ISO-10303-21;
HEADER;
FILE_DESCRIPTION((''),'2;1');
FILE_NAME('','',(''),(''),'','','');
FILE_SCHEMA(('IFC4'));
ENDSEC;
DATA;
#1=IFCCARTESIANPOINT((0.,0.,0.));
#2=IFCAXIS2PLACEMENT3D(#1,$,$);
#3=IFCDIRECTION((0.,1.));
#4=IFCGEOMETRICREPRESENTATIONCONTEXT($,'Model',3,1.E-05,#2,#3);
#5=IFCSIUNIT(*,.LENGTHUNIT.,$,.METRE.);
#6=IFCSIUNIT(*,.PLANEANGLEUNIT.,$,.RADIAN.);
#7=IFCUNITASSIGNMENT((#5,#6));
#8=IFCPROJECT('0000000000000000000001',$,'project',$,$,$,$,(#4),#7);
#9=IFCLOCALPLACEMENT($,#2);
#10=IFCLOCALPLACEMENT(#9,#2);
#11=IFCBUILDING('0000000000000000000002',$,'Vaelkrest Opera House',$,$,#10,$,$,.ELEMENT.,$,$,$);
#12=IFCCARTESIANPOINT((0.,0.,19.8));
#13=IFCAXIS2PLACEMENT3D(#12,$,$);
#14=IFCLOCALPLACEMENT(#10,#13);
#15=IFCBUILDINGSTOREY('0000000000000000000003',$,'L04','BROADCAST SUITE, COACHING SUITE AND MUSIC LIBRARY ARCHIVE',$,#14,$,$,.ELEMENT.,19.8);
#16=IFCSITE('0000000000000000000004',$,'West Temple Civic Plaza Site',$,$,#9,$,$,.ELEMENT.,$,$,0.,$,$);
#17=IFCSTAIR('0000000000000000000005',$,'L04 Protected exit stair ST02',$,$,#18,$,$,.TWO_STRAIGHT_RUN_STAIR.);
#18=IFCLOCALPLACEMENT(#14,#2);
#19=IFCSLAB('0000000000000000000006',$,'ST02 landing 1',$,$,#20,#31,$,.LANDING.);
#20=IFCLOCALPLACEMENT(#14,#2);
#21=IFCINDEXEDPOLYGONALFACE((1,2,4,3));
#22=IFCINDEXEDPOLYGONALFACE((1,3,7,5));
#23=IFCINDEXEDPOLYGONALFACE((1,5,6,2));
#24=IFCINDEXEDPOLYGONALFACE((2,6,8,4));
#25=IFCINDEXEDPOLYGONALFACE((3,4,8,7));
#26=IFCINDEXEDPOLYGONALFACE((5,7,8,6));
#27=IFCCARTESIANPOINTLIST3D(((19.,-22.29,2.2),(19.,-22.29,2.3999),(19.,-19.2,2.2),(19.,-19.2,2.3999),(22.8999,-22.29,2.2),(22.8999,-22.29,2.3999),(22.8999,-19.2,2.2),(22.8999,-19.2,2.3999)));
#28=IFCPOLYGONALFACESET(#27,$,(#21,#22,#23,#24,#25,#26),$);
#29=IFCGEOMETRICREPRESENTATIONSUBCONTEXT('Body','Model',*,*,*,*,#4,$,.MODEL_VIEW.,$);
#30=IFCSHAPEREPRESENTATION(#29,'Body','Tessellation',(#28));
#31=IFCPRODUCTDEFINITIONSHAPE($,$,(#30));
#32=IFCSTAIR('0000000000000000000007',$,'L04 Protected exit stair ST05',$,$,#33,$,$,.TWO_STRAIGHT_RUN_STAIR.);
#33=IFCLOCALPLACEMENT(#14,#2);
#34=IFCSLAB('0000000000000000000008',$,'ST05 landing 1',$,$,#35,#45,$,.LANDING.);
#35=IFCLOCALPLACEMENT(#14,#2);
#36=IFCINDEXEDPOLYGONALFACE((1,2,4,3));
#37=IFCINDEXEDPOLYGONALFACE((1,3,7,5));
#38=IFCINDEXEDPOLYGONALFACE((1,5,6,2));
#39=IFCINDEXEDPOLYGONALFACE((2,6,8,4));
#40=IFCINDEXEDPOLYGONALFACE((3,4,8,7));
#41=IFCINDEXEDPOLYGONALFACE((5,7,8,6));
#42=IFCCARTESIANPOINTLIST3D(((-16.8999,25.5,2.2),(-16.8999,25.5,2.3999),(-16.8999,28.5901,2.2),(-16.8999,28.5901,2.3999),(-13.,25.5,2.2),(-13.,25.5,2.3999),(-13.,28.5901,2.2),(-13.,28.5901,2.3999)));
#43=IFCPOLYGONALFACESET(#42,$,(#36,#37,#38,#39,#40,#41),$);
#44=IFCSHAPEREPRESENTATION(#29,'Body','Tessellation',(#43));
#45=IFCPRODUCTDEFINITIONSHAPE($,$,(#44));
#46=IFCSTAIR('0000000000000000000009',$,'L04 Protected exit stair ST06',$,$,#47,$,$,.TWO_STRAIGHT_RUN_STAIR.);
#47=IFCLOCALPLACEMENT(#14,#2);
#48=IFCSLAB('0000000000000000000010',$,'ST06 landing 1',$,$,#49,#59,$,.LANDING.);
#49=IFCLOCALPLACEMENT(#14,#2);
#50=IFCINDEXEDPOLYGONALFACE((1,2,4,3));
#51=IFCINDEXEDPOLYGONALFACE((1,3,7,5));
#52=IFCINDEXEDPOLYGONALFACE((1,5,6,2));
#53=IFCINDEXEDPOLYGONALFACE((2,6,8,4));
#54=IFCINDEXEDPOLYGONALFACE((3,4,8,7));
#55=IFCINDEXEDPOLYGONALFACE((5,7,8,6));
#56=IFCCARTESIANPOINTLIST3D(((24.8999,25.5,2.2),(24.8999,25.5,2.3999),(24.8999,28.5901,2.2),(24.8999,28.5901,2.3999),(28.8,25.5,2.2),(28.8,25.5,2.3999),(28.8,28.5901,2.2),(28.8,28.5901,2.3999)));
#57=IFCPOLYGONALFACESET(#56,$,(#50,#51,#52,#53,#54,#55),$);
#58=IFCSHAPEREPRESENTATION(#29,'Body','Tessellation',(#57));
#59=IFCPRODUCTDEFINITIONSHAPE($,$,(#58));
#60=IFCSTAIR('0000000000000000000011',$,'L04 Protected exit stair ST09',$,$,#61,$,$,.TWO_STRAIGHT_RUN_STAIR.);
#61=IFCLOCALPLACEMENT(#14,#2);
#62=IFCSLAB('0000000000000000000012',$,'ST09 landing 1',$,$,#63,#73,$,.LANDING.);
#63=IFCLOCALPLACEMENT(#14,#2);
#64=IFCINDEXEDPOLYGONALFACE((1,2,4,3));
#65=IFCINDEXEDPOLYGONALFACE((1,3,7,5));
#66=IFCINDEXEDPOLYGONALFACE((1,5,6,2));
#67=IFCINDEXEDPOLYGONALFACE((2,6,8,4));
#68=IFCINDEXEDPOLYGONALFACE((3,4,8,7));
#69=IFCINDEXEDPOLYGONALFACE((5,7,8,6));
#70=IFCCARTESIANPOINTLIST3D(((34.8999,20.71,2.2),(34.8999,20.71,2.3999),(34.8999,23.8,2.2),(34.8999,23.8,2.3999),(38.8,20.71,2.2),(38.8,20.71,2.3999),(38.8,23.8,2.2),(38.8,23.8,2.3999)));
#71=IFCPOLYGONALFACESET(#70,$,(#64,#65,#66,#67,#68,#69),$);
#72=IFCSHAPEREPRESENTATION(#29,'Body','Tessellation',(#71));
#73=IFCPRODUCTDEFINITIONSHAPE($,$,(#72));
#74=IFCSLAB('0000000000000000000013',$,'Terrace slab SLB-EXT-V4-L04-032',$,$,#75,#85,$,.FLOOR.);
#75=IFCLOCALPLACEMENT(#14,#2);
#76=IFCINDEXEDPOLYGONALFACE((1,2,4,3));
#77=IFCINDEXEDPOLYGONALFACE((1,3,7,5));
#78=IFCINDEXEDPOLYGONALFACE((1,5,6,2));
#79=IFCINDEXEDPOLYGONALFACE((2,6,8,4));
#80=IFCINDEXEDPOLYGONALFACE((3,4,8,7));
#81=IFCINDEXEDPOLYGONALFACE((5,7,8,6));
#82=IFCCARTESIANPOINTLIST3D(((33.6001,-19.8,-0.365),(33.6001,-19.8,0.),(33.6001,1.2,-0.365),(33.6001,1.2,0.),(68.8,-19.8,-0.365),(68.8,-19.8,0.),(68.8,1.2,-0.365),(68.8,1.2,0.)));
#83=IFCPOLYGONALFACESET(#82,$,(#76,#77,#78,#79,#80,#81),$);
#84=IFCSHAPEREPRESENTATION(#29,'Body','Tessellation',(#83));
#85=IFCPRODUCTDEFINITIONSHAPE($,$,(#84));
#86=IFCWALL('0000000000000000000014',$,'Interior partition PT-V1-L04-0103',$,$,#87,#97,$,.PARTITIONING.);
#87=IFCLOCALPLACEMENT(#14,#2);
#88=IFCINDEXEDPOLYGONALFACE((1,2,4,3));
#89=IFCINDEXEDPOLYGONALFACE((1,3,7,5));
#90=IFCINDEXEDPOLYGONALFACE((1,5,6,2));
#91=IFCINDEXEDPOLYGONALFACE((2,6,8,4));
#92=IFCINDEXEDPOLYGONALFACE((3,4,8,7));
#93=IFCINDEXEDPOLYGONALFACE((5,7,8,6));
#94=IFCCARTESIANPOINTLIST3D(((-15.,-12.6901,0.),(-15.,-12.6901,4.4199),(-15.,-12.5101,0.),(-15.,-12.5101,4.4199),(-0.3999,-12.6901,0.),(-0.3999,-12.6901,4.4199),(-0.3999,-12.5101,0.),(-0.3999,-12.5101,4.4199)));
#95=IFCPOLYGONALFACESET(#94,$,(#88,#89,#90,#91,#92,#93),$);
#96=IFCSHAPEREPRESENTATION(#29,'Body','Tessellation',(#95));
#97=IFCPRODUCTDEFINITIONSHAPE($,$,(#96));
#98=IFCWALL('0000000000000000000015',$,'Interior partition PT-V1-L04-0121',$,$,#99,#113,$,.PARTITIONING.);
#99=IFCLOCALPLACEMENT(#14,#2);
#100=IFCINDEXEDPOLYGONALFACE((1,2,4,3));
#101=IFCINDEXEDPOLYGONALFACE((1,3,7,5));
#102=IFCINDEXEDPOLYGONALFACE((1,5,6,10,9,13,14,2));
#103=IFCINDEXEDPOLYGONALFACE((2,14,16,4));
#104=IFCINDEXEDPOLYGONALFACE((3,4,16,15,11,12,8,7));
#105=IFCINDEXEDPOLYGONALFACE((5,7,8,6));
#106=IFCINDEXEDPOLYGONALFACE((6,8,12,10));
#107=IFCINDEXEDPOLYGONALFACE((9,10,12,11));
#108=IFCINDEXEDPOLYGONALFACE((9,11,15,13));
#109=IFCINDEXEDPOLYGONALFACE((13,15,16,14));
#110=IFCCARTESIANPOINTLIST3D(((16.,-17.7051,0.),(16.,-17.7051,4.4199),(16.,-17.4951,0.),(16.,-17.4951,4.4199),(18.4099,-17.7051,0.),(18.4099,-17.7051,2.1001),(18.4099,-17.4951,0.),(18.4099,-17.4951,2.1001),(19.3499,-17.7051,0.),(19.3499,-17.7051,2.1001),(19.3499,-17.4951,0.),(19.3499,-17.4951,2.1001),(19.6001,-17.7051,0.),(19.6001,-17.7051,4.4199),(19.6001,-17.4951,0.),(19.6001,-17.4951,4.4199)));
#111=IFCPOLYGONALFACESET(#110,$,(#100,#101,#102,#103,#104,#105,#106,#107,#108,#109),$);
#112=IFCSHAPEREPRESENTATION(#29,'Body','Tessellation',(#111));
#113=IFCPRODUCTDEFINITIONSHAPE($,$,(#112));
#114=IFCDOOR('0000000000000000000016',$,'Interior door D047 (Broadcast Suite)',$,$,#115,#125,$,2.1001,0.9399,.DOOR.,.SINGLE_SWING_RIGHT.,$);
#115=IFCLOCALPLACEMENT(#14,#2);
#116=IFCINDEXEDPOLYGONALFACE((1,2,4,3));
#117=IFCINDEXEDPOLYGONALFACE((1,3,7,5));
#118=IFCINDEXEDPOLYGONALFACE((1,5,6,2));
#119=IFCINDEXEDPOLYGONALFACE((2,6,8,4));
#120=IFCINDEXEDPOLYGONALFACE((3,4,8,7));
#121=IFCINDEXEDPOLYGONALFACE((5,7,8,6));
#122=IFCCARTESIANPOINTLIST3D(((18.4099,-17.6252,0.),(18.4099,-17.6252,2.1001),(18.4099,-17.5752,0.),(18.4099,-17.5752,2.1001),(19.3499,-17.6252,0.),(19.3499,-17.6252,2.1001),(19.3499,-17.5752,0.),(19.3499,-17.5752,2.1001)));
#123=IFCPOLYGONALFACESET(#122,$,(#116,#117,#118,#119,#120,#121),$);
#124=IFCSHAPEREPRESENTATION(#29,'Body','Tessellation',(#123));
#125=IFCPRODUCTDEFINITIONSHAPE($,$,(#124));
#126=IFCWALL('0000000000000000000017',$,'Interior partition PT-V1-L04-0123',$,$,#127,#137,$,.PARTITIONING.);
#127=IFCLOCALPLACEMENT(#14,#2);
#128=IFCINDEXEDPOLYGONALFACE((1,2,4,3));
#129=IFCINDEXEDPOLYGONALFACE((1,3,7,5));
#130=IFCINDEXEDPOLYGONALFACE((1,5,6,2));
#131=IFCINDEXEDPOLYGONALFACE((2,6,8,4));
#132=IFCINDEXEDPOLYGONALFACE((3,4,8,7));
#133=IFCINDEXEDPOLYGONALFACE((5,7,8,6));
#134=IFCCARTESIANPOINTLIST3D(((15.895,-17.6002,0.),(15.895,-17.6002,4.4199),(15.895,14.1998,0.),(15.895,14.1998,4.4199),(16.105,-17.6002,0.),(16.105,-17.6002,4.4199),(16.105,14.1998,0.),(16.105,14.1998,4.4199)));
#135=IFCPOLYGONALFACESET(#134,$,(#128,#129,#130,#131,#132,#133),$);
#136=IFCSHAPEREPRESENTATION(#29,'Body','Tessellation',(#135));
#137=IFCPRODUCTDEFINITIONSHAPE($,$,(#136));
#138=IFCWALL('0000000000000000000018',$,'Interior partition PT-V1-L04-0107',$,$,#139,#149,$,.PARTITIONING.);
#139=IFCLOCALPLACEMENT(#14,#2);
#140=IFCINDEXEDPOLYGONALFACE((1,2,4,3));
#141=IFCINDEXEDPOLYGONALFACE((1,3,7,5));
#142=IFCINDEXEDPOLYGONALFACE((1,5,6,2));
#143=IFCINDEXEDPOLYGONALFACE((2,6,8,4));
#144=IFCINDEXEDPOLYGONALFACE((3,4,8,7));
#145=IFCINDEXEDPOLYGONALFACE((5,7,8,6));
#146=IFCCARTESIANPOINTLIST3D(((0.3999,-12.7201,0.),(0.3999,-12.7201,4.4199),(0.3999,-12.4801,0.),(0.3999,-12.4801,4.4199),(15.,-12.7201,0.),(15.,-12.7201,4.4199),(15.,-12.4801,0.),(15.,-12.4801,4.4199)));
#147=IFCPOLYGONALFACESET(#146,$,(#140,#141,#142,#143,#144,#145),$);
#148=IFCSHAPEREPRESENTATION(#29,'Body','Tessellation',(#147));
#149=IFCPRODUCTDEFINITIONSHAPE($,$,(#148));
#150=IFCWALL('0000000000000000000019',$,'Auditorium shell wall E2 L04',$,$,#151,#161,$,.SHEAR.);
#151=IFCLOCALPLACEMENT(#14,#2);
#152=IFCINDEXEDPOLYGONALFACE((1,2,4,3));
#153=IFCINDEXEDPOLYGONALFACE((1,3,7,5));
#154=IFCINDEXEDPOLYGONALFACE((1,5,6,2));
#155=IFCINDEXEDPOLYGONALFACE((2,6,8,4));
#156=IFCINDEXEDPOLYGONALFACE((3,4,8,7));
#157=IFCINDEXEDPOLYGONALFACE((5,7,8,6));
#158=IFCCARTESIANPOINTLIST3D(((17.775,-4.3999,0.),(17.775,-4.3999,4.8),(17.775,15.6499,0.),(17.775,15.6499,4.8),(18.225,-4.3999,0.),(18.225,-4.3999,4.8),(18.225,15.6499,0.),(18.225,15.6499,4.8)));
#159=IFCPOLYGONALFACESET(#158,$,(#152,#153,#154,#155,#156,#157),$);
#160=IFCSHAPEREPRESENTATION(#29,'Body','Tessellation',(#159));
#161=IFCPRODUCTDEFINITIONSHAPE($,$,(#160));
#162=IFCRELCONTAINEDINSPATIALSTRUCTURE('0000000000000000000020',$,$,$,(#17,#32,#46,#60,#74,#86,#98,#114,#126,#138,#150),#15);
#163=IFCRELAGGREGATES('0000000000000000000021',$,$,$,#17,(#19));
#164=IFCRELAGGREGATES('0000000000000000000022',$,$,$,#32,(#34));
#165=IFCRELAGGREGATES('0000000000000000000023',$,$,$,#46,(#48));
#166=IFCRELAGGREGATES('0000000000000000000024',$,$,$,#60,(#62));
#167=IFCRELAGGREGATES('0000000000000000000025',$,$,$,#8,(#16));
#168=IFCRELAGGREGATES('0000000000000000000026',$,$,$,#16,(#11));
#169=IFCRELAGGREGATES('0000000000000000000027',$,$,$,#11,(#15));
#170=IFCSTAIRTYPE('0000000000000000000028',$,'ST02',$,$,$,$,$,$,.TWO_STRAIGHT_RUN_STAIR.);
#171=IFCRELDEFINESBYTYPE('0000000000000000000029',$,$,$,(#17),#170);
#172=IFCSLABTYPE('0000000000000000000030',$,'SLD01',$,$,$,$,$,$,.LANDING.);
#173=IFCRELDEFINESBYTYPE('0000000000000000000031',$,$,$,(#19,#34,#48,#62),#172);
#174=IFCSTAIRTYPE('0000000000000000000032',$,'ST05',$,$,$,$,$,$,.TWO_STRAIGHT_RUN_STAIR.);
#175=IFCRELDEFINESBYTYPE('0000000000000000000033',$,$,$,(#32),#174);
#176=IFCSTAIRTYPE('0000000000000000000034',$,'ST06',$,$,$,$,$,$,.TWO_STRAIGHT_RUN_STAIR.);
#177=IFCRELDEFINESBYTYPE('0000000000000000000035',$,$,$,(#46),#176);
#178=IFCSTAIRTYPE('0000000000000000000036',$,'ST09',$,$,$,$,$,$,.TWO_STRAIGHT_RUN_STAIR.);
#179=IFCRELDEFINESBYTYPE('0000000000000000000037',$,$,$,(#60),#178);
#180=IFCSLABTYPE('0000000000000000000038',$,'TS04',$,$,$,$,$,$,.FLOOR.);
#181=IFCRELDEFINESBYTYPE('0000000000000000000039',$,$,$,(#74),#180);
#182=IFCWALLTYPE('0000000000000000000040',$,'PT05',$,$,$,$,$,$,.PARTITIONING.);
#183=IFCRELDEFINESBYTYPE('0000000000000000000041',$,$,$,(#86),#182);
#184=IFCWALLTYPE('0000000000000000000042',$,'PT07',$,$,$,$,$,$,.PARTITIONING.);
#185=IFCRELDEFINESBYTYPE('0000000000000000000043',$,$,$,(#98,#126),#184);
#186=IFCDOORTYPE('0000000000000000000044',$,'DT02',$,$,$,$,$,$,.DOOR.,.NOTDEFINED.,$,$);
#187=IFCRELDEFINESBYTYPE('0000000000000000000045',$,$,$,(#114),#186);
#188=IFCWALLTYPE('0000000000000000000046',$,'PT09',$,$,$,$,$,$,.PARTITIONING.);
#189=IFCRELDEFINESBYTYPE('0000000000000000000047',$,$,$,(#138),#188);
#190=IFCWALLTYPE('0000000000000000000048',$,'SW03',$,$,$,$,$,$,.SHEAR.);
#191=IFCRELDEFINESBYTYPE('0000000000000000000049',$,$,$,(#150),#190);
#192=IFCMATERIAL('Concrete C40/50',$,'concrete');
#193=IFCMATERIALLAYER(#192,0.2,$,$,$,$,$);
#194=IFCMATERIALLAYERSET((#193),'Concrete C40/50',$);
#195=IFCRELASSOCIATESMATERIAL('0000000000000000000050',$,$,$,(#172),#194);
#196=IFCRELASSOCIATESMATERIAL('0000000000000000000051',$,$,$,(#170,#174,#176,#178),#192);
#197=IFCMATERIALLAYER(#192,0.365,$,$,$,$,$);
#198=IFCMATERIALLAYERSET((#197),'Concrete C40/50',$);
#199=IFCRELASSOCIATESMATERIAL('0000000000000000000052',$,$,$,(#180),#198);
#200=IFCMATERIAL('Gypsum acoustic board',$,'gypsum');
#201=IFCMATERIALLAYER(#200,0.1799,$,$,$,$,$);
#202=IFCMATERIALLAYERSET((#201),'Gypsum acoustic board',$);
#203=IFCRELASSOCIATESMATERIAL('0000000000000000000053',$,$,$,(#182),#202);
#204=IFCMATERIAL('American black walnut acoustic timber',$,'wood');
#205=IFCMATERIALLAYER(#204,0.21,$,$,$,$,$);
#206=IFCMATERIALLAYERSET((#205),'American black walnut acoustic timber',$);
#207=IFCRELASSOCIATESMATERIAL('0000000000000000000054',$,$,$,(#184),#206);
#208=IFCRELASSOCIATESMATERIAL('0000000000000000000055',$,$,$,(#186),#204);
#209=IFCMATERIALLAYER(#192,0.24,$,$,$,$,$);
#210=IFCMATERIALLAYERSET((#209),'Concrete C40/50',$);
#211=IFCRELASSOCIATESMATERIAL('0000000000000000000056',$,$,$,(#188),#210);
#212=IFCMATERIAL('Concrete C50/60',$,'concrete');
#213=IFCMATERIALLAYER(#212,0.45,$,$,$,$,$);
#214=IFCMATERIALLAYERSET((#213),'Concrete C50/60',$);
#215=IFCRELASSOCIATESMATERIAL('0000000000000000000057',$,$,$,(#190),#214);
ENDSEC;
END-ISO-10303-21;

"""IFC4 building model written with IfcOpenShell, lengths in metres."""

from ifc_helpers import new_model, si_unit, direction, frame, frame_2d, origin, place, context, subcontext, project, spatial, polyline, rectangle, outline, extrude, material, layer, layer_set, type_object, element, fill, aggregate, save


model = new_model("IFC4")

# Units and contexts
model_context = context("Model", 3, precision=1e-05, world=origin(), true_north=direction((0.0, 1.0)))
body_context = subcontext(model_context, "Body", "Model", "MODEL_VIEW")
ifc_project = project(units=[si_unit("LENGTHUNIT", "METRE"), si_unit("PLANEANGLEUNIT", "RADIAN")], contexts=[model_context])

# Site, building, storey
site_placement = place(None, origin())
site = spatial("IfcSite", under=ifc_project, at=site_placement, Name="West Temple Civic Plaza Site", CompositionType="ELEMENT", RefElevation=0.0)
building_placement = place(site_placement, origin())
building = spatial("IfcBuilding", under=site, at=building_placement, Name="Vaelkrest Opera House", CompositionType="ELEMENT")
storey_placement = place(building_placement, frame((0.0, 0.0, 19.8)))
storey = spatial("IfcBuildingStorey", under=building, at=storey_placement, Name="L04", Description="BROADCAST SUITE, COACHING SUITE AND MUSIC LIBRARY ARCHIVE", CompositionType="ELEMENT", Elevation=19.8)

# Shared definitions
ifc_material_1 = material(Name="Concrete C50/60", Category="concrete")

# Shared definitions
ifc_material_2 = material(Name="Concrete C40/50", Category="concrete")

# Stairs, slabs
ifc_layer_1 = layer(ifc_material_2, 0.2)
ifc_layer_set_1 = layer_set([ifc_layer_1], Name="Concrete C40/50")
slab_type_1 = type_object("IfcSlabType", Name="SLD01", PredefinedType="LANDING", material=ifc_layer_set_1)
stair_type_1 = type_object("IfcStairType", Name="ST02", PredefinedType="TWO_STRAIGHT_RUN_STAIR", material=ifc_material_2)
stair_1_placement = place(storey_placement, origin())
stair_1 = element("IfcStair", 1, at=stair_1_placement, inside=storey, type_object=stair_type_1, Name="L04 Protected exit stair ST02", PredefinedType="TWO_STRAIGHT_RUN_STAIR")
slab_1_placement = place(storey_placement, frame((0.0, 0.0, 2.2)))
slab_1 = element("IfcSlab", 2, at=slab_1_placement, type_object=slab_type_1, Name="ST02 landing 1", PredefinedType="LANDING", context=body_context, shape_type="SweptSolid", body=[
    extrude(outline(polyline([(22.8999, -22.29), (22.8999, -19.2), (19.0, -19.2), (19.0, -22.29), (22.8999, -22.29)])), origin(), (0.0, 0.0, 1.0), 0.2),
])
aggregate(stair_1, [slab_1])
stair_type_2 = type_object("IfcStairType", Name="ST05", PredefinedType="TWO_STRAIGHT_RUN_STAIR", material=ifc_material_2)
stair_2_placement = place(storey_placement, origin())
stair_2 = element("IfcStair", 3, at=stair_2_placement, inside=storey, type_object=stair_type_2, Name="L04 Protected exit stair ST05", PredefinedType="TWO_STRAIGHT_RUN_STAIR")
slab_2_placement = place(storey_placement, frame((0.0, 0.0, 2.2)))
slab_2 = element("IfcSlab", 4, at=slab_2_placement, type_object=slab_type_1, Name="ST05 landing 1", PredefinedType="LANDING", context=body_context, shape_type="SweptSolid", body=[
    extrude(outline(polyline([(-16.8999, 28.5901), (-16.8999, 25.5), (-13.0, 25.5), (-13.0, 28.5901), (-16.8999, 28.5901)])), origin(), (0.0, 0.0, 1.0), 0.2),
])
aggregate(stair_2, [slab_2])
stair_type_3 = type_object("IfcStairType", Name="ST06", PredefinedType="TWO_STRAIGHT_RUN_STAIR", material=ifc_material_2)
stair_3_placement = place(storey_placement, origin())
stair_3 = element("IfcStair", 5, at=stair_3_placement, inside=storey, type_object=stair_type_3, Name="L04 Protected exit stair ST06", PredefinedType="TWO_STRAIGHT_RUN_STAIR")
slab_3_placement = place(storey_placement, frame((0.0, 0.0, 2.2)))
slab_3 = element("IfcSlab", 6, at=slab_3_placement, type_object=slab_type_1, Name="ST06 landing 1", PredefinedType="LANDING", context=body_context, shape_type="SweptSolid", body=[
    extrude(outline(polyline([(24.8999, 28.5901), (24.8999, 25.5), (28.8, 25.5), (28.8, 28.5901), (24.8999, 28.5901)])), origin(), (0.0, 0.0, 1.0), 0.2),
])
aggregate(stair_3, [slab_3])
stair_type_4 = type_object("IfcStairType", Name="ST09", PredefinedType="TWO_STRAIGHT_RUN_STAIR", material=ifc_material_2)
stair_4_placement = place(storey_placement, origin())
stair_4 = element("IfcStair", 7, at=stair_4_placement, inside=storey, type_object=stair_type_4, Name="L04 Protected exit stair ST09", PredefinedType="TWO_STRAIGHT_RUN_STAIR")
slab_4_placement = place(storey_placement, frame((0.0, 0.0, 2.2)))
slab_4 = element("IfcSlab", 8, at=slab_4_placement, type_object=slab_type_1, Name="ST09 landing 1", PredefinedType="LANDING", context=body_context, shape_type="SweptSolid", body=[
    extrude(outline(polyline([(38.8, 20.71), (38.8, 23.8), (34.8999, 23.8), (34.8999, 20.71), (38.8, 20.71)])), origin(), (0.0, 0.0, 1.0), 0.2),
])
aggregate(stair_4, [slab_4])

# Slab
ifc_layer_2 = layer(ifc_material_2, 0.365)
ifc_layer_set_2 = layer_set([ifc_layer_2], Name="Concrete C40/50")
slab_type_2 = type_object("IfcSlabType", Name="TS04", PredefinedType="FLOOR", material=ifc_layer_set_2)
slab_5_placement = place(storey_placement, frame((0.0, 0.0, -0.365)))
element("IfcSlab", 9, at=slab_5_placement, inside=storey, type_object=slab_type_2, Name="Terrace slab SLB-EXT-V4-L04-032", PredefinedType="FLOOR", context=body_context, shape_type="SweptSolid", body=[
    extrude(outline(polyline([(33.6001, -19.8), (68.8, -19.8), (68.8, 1.2), (33.6001, 1.2), (33.6001, -19.8)])), origin(), (0.0, 0.0, 1.0), 0.365),
])

# Wall
ifc_material_3 = material(Name="Gypsum acoustic board", Category="gypsum")
ifc_layer_3 = layer(ifc_material_3, 0.1799)
ifc_layer_set_3 = layer_set([ifc_layer_3], Name="Gypsum acoustic board")
wall_type_1 = type_object("IfcWallType", Name="PT05", PredefinedType="PARTITIONING", material=ifc_layer_set_3)
wall_1_placement = place(storey_placement, frame((-15.0, -12.6001, 0.0), z_axis=(0.0, 0.0, 1.0), x_axis=(1.0, 0.0, 0.0)))
element("IfcWall", 10, at=wall_1_placement, inside=storey, type_object=wall_type_1, Name="Interior partition PT-V1-L04-0103", PredefinedType="PARTITIONING", context=body_context, shape_type="SweptSolid", body=[
    extrude(rectangle(XDim=14.6001, YDim=0.1799, at=frame_2d((7.3, 0.0))), origin(), (0.0, 0.0, 1.0), 4.4199),
])

# Wall, opening, door
ifc_material_4 = material(Name="American black walnut acoustic timber", Category="wood")
ifc_layer_4 = layer(ifc_material_4, 0.21)
ifc_layer_set_4 = layer_set([ifc_layer_4], Name="American black walnut acoustic timber")
wall_type_2 = type_object("IfcWallType", Name="PT07", PredefinedType="PARTITIONING", material=ifc_layer_set_4)
wall_2_placement = place(storey_placement, frame((16.0, -17.6001, 0.0), z_axis=(0.0, 0.0, 1.0), x_axis=(1.0, 0.0, 0.0)))
wall_2 = element("IfcWall", 11, at=wall_2_placement, inside=storey, type_object=wall_type_2, Name="Interior partition PT-V1-L04-0121", PredefinedType="PARTITIONING", context=body_context, shape_type="SweptSolid", body=[
    extrude(rectangle(XDim=3.6001, YDim=0.21, at=frame_2d((1.8, 0.0))), origin(), (0.0, 0.0, 1.0), 4.4199),
])
opening_placement = place(wall_2_placement, frame((2.4099, 0.0, 0.0)))
opening = element("IfcOpeningElement", 12, at=opening_placement, cuts=wall_2, PredefinedType="OPENING", context=body_context, shape_type="SweptSolid", body=[
    extrude(rectangle(XDim=0.9399, YDim=2.1001, at=frame_2d((0.47, 1.05))), frame((0.0, 0.115, 0.0), z_axis=(0.0, -1.0, 0.0), x_axis=(1.0, 0.0, 0.0)), (0.0, 0.0, 1.0), 0.23),
])
door_type = type_object("IfcDoorType", Name="DT02", OperationType="NOTDEFINED", PredefinedType="DOOR", material=ifc_material_4)
door_placement = place(opening_placement, origin())
door = element("IfcDoor", 13, at=door_placement, inside=storey, type_object=door_type, Name="Interior door D047 (Broadcast Suite)", OperationType="SINGLE_SWING_RIGHT", OverallHeight=2.1001, OverallWidth=0.9399, PredefinedType="DOOR", context=body_context, shape_type="SweptSolid", body=[
    extrude(rectangle(XDim=0.9399, YDim=2.1001, at=frame_2d((0.47, 1.05))), frame((0.0, 0.0249, 0.0), z_axis=(0.0, -1.0, 0.0), x_axis=(1.0, 0.0, 0.0)), (0.0, 0.0, 1.0), 0.05),
])
fill(opening, door)

# Walls
wall_3_placement = place(storey_placement, frame((16.0, -17.6001, 0.0), z_axis=(0.0, 0.0, 1.0), x_axis=(0.0, 1.0, 0.0)))
element("IfcWall", 14, at=wall_3_placement, inside=storey, type_object=wall_type_2, Name="Interior partition PT-V1-L04-0123", PredefinedType="PARTITIONING", context=body_context, shape_type="SweptSolid", body=[
    extrude(rectangle(XDim=31.8, YDim=0.21, at=frame_2d((15.8999, 0.0))), origin(), (0.0, 0.0, 1.0), 4.4199),
])
ifc_layer_5 = layer(ifc_material_2, 0.24)
ifc_layer_set_5 = layer_set([ifc_layer_5], Name="Concrete C40/50")
wall_type_3 = type_object("IfcWallType", Name="PT09", PredefinedType="PARTITIONING", material=ifc_layer_set_5)
wall_4_placement = place(storey_placement, frame((0.3999, -12.6001, 0.0), z_axis=(0.0, 0.0, 1.0), x_axis=(1.0, 0.0, 0.0)))
element("IfcWall", 15, at=wall_4_placement, inside=storey, type_object=wall_type_3, Name="Interior partition PT-V1-L04-0107", PredefinedType="PARTITIONING", context=body_context, shape_type="SweptSolid", body=[
    extrude(rectangle(XDim=14.6001, YDim=0.24, at=frame_2d((7.3, 0.0))), origin(), (0.0, 0.0, 1.0), 4.4199),
])
ifc_layer_6 = layer(ifc_material_1, 0.45)
ifc_layer_set_6 = layer_set([ifc_layer_6], Name="Concrete C50/60")
wall_type_4 = type_object("IfcWallType", Name="SW03", PredefinedType="SHEAR", material=ifc_layer_set_6)
wall_5_placement = place(storey_placement, frame((18.0, -4.3999, 0.0), z_axis=(0.0, 0.0, 1.0), x_axis=(0.0, 1.0, 0.0)))
element("IfcWall", 16, at=wall_5_placement, inside=storey, type_object=wall_type_4, Name="Auditorium shell wall E2 L04", PredefinedType="SHEAR", context=body_context, shape_type="SweptSolid", body=[
    extrude(rectangle(XDim=20.0498, YDim=0.45, at=frame_2d((10.0249, 0.0))), origin(), (0.0, 0.0, 1.0), 4.8),
])

save(model, "model.ifc")
